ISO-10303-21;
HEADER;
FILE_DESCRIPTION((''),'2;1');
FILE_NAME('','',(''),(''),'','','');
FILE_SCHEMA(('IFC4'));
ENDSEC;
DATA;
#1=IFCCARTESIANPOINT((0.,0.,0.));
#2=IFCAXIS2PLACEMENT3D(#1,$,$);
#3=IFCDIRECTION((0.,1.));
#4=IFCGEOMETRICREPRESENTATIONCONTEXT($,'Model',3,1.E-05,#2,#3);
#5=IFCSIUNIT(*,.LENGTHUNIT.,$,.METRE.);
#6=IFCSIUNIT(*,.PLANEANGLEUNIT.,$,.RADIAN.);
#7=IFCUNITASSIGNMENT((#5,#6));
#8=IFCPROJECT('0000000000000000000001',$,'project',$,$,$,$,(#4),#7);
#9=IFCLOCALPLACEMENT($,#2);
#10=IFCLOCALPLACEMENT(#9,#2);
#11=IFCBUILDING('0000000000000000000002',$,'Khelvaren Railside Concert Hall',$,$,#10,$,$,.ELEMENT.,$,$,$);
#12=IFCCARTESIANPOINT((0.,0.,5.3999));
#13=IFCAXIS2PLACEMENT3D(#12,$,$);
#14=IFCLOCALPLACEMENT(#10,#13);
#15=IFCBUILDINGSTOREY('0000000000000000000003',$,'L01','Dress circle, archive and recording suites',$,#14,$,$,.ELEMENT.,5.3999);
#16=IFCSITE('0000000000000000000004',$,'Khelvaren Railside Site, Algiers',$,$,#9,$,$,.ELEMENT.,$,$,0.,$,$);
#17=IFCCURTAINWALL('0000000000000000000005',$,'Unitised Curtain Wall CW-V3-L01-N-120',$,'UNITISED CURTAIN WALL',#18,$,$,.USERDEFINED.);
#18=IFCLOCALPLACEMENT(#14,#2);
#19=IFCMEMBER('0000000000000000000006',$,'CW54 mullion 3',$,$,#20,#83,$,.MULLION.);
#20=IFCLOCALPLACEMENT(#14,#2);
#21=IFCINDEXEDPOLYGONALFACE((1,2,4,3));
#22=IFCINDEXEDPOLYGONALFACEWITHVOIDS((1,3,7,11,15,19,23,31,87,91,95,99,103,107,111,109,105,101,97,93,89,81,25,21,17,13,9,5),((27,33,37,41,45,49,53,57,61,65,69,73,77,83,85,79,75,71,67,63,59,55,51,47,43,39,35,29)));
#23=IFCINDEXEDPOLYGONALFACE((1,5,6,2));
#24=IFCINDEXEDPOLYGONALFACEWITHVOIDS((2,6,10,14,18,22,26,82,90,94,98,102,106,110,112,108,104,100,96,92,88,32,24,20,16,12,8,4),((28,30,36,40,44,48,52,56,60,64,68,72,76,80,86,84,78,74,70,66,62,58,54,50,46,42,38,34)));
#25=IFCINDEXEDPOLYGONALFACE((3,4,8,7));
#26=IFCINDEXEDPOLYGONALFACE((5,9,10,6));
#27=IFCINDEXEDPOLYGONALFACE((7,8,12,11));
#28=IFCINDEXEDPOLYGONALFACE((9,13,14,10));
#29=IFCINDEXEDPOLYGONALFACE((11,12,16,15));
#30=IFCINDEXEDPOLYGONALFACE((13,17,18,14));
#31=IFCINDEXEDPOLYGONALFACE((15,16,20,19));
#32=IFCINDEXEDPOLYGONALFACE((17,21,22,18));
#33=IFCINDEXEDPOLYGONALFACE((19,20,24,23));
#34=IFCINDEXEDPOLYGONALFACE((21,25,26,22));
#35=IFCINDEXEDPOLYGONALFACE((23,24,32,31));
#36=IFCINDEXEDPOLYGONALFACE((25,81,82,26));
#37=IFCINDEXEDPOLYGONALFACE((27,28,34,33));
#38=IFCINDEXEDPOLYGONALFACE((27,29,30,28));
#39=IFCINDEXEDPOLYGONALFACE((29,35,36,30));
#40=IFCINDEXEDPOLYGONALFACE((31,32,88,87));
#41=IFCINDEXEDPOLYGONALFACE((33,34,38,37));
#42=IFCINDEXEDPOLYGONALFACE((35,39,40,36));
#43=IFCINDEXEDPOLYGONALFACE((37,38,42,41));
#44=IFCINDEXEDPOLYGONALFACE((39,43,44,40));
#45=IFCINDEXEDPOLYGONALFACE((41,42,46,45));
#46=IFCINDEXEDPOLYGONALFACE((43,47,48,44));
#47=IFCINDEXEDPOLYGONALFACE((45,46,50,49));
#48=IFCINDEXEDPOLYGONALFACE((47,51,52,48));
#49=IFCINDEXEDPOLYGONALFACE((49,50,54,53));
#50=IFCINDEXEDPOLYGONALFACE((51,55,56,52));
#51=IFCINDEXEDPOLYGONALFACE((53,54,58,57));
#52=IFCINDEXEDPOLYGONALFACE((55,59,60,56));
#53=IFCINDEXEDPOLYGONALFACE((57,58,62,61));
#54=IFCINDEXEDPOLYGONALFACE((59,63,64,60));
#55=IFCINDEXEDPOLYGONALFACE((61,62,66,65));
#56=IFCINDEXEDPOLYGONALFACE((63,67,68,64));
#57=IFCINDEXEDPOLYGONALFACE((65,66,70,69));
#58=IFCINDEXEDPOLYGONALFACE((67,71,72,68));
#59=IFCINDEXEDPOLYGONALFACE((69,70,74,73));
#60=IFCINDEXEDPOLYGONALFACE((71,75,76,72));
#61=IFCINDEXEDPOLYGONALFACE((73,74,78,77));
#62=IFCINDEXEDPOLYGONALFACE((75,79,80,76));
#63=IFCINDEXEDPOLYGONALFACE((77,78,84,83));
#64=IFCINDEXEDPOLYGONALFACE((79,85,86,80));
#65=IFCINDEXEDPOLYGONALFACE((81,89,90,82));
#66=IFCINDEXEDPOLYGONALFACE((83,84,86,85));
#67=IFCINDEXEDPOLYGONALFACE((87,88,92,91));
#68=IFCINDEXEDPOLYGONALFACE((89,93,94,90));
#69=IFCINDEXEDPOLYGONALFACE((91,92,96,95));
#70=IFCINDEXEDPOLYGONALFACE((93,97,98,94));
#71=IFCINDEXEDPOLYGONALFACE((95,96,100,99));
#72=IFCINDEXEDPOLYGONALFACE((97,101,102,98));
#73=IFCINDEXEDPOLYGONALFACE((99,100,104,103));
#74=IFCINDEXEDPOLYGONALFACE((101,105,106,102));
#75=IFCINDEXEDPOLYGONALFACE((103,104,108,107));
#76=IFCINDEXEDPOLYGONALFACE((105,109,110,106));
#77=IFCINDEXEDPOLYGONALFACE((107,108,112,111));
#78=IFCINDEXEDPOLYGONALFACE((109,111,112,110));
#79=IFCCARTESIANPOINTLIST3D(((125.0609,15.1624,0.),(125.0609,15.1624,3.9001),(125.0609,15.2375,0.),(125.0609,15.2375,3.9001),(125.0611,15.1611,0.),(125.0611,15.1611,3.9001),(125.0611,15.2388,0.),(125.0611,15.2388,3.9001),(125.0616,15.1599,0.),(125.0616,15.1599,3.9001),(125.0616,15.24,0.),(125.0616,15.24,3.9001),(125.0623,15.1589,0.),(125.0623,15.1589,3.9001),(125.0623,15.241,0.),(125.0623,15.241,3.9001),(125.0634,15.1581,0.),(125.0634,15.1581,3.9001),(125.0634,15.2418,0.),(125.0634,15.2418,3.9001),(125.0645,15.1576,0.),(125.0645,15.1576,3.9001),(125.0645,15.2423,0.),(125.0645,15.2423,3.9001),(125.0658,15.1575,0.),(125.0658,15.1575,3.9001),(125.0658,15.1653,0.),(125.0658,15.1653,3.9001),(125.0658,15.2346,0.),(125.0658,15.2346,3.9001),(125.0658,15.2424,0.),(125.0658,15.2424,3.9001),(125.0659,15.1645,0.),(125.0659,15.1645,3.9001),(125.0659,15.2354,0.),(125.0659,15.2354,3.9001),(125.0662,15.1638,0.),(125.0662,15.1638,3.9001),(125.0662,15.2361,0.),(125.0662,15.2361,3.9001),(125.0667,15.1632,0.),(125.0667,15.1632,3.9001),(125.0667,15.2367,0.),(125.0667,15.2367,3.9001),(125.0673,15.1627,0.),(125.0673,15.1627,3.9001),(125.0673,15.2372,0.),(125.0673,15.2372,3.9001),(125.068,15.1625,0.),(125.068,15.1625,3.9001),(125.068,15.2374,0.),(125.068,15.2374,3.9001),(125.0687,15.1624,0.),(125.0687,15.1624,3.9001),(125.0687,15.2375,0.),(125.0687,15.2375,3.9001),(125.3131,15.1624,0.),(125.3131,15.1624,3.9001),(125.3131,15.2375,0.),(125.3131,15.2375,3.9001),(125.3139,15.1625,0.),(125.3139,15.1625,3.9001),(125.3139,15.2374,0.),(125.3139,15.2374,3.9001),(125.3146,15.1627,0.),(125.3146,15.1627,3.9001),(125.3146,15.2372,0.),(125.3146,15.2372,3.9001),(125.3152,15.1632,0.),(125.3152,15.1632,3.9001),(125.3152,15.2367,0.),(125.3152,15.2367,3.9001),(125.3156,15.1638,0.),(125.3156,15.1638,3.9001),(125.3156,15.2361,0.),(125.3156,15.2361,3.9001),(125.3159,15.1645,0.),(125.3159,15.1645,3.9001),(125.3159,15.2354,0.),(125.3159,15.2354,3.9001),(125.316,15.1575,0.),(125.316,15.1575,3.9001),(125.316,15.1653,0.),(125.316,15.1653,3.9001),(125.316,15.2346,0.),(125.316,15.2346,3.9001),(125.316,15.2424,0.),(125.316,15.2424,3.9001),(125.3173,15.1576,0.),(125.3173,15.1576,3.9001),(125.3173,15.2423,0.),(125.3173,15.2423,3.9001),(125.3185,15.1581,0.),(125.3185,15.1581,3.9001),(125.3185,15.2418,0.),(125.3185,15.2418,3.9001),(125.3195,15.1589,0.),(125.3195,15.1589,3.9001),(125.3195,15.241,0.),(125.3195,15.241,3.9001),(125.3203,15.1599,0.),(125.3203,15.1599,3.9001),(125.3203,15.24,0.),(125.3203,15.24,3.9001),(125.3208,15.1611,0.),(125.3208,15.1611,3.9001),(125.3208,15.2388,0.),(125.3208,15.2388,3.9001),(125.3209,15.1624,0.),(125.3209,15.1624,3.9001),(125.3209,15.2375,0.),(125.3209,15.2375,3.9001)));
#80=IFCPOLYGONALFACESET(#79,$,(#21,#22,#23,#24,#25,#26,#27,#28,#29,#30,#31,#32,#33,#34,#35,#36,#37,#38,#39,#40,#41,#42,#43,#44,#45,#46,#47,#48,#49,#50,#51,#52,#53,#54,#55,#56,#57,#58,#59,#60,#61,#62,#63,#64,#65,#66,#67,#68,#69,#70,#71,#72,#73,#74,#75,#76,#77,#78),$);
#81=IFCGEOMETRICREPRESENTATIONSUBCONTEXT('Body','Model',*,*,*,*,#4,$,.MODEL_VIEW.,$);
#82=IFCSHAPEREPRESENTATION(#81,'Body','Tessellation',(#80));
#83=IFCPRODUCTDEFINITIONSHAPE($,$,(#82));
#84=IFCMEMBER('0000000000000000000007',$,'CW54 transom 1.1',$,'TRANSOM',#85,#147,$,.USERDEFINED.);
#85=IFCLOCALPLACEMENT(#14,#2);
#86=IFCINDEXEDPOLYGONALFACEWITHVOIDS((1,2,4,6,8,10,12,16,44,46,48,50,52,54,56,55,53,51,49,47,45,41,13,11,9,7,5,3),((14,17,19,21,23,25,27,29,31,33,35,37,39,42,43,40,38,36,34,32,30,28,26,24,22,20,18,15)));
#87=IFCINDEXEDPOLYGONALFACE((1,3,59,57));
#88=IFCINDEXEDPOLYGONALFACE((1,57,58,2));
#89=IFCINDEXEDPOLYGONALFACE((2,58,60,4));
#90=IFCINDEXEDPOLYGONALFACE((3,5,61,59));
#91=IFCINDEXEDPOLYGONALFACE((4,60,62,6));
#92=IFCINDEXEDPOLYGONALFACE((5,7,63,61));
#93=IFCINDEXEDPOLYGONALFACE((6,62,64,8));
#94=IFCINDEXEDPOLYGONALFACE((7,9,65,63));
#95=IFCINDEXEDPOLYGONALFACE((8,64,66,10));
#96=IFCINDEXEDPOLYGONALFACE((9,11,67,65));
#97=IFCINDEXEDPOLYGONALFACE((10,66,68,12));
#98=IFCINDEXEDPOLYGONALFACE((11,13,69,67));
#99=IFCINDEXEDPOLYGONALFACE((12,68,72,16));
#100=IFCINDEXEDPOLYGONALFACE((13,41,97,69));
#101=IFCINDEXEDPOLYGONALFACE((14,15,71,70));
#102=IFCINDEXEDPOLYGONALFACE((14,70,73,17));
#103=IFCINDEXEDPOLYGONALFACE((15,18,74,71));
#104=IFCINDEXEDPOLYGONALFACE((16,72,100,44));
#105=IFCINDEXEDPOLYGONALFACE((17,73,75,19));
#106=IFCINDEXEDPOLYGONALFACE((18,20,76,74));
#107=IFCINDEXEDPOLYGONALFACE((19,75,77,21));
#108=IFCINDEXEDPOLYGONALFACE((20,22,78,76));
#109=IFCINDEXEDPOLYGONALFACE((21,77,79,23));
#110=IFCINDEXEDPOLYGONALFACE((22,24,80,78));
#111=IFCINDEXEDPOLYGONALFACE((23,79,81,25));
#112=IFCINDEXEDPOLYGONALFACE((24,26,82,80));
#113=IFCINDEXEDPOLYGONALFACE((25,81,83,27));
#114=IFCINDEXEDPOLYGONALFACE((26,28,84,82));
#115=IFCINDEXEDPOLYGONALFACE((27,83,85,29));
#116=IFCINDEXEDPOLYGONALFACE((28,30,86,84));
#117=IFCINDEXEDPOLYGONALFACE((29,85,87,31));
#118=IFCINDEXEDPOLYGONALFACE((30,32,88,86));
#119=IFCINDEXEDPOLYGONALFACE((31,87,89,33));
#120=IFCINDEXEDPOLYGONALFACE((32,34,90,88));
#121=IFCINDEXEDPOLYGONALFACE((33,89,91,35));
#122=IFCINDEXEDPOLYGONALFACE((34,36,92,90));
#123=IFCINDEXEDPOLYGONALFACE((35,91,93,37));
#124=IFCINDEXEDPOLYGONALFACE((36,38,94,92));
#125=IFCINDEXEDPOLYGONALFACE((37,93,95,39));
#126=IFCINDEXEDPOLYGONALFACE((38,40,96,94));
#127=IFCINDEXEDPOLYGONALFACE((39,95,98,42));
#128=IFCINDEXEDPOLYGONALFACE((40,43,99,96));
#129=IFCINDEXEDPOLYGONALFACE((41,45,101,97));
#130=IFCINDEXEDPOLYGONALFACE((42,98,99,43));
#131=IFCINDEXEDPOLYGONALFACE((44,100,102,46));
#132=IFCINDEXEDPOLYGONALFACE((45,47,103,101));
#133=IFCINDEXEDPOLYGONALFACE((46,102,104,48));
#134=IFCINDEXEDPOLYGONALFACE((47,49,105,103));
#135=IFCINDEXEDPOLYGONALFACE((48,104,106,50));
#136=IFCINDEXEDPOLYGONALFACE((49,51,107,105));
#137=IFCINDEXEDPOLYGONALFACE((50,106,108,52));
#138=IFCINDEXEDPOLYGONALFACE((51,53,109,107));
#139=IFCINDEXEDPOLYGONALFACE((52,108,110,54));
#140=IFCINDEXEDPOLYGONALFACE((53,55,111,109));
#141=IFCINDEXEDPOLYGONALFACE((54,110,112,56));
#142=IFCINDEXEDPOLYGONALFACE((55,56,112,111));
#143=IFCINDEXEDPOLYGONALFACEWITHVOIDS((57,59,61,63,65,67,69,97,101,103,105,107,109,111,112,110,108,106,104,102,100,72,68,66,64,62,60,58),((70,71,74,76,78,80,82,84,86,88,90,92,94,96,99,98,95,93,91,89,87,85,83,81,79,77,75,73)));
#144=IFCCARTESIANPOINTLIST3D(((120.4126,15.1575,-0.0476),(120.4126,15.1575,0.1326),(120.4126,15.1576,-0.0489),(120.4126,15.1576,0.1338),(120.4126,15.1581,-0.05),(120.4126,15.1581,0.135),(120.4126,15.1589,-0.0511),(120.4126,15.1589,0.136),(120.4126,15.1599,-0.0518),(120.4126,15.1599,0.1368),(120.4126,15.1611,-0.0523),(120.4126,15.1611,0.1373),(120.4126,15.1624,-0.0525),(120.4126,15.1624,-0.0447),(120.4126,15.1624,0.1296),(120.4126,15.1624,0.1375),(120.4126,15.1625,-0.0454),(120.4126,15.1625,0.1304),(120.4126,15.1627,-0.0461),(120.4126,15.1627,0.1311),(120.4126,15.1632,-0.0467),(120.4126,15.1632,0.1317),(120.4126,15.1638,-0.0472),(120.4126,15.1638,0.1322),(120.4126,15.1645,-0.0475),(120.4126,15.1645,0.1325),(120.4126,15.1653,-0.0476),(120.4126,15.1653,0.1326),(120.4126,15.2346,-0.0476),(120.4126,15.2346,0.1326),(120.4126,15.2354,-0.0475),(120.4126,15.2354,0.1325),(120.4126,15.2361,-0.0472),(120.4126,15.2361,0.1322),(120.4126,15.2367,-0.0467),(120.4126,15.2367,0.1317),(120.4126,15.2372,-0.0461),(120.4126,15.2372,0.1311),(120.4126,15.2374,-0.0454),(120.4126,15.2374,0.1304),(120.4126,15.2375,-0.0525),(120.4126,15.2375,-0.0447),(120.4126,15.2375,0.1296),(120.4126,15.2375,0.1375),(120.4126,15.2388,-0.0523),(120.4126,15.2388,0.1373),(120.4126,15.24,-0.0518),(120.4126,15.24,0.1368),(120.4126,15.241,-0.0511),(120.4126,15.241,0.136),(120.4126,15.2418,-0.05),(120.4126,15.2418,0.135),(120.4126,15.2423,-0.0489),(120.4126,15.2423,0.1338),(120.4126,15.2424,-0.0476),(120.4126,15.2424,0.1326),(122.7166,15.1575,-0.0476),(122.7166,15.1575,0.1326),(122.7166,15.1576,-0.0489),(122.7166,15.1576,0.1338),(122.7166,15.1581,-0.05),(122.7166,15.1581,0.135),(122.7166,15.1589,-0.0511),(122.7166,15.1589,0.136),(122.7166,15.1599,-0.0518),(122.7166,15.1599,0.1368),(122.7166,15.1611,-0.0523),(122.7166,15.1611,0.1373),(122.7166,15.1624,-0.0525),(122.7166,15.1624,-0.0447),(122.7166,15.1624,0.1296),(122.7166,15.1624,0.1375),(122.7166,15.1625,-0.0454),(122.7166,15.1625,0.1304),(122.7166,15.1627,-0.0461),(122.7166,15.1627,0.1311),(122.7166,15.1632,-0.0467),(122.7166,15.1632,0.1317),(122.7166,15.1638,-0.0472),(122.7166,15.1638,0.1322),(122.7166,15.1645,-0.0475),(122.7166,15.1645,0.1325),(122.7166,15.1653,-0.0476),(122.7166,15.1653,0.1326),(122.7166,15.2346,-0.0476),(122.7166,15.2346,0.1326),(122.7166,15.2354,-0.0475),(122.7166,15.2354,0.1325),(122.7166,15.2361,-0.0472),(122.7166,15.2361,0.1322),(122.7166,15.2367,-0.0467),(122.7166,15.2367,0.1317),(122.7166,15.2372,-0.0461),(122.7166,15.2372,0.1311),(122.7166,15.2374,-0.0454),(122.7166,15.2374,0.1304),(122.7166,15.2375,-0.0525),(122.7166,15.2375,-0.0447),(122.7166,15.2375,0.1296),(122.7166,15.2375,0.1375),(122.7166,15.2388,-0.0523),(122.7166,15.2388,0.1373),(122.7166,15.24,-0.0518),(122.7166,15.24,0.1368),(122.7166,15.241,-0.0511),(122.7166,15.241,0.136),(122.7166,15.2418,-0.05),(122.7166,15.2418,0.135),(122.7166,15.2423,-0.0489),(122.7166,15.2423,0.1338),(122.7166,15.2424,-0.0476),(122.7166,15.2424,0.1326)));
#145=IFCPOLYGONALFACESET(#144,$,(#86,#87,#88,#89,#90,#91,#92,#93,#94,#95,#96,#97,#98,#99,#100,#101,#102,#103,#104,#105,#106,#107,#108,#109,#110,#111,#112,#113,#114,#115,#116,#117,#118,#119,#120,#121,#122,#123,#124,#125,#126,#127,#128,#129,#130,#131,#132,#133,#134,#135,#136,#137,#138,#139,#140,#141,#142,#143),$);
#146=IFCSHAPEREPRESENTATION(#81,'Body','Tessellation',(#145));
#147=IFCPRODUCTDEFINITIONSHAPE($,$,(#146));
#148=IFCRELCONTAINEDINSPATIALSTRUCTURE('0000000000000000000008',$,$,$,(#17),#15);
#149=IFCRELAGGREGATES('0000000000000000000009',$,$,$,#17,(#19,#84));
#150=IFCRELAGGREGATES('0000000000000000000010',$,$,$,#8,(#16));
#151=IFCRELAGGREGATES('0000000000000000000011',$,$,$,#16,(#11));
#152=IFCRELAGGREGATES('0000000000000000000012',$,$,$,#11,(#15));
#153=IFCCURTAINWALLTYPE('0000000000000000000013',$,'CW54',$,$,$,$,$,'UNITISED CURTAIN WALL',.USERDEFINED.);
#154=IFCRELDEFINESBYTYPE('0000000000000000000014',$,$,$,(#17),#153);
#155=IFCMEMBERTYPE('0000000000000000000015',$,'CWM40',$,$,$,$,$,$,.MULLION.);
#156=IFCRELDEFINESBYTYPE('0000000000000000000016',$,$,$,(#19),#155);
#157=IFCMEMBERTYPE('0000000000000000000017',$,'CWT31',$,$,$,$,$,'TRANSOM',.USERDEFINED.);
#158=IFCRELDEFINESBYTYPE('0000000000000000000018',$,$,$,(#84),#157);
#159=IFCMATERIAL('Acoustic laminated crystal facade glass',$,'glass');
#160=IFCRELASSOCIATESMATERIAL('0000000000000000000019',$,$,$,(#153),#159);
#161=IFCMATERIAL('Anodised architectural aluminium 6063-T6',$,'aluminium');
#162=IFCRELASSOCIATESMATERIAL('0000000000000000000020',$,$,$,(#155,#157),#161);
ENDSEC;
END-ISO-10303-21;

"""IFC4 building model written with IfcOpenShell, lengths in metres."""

from ifc_helpers import new_model, si_unit, direction, frame, origin, origin_2d, place, context, subcontext, project, spatial, hollow_rectangle, extrude, material, material_profile, profile_set, type_object, element, aggregate, save


model = new_model("IFC4")

# Units and contexts
model_context = context("Model", 3, precision=1e-05, world=origin(), true_north=direction((0.0, 1.0)))
body_context = subcontext(model_context, "Body", "Model", "MODEL_VIEW")
ifc_project = project(units=[si_unit("LENGTHUNIT", "METRE"), si_unit("PLANEANGLEUNIT", "RADIAN")], contexts=[model_context])

# Site, building, storey
site_placement = place(None, origin())
site = spatial("IfcSite", under=ifc_project, at=site_placement, Name="Khelvaren Railside Site, Algiers", CompositionType="ELEMENT", RefElevation=0.0)
building_placement = place(site_placement, origin())
building = spatial("IfcBuilding", under=site, at=building_placement, Name="Khelvaren Railside Concert Hall", CompositionType="ELEMENT")
storey_placement = place(building_placement, frame((0.0, 0.0, 5.3999)))
storey = spatial("IfcBuildingStorey", under=building, at=storey_placement, Name="L01", Description="Dress circle, archive and recording suites", CompositionType="ELEMENT", Elevation=5.3999)

# Curtain wall, members
ifc_material_1 = material(Name="Acoustic laminated crystal facade glass", Category="glass")
curtain_wall_type = type_object("IfcCurtainWallType", Name="CW54", ElementType="UNITISED CURTAIN WALL", PredefinedType="USERDEFINED", material=ifc_material_1)
curtain_wall_placement = place(storey_placement, origin())
curtain_wall = element("IfcCurtainWall", 1, at=curtain_wall_placement, inside=storey, type_object=curtain_wall_type, Name="Unitised Curtain Wall CW-V3-L01-N-120", ObjectType="UNITISED CURTAIN WALL", PredefinedType="USERDEFINED")
ifc_material_2 = material(Name="Anodised architectural aluminium 6063-T6", Category="aluminium")
ifc_material_profile_1 = material_profile(ifc_material_2, hollow_rectangle(XDim=0.085, YDim=0.26, WallThickness=0.0049, InnerFilletRadius=0.0029, OuterFilletRadius=0.0049, at=origin_2d()), Name="CWM 85x260x5")
ifc_profile_set_1 = profile_set([ifc_material_profile_1], Name="Anodised architectural aluminium 6063-T6")
member_type_1 = type_object("IfcMemberType", Name="CWM40", PredefinedType="MULLION", material=ifc_profile_set_1)
member_1_placement = place(storey_placement, frame((125.1909, 15.2, 0.0), z_axis=(0.0, 0.0, 1.0), x_axis=(0.0, 1.0, 0.0)))
member_1 = element("IfcMember", 2, at=member_1_placement, type_object=member_type_1, Name="CW54 mullion 3", PredefinedType="MULLION", context=body_context, shape_type="SweptSolid", body=[
    extrude(hollow_rectangle(XDim=0.085, YDim=0.26, WallThickness=0.0049, InnerFilletRadius=0.0029, OuterFilletRadius=0.0049, at=origin_2d()), origin(), (0.0, 0.0, 1.0), 3.9001),
])
ifc_material_profile_2 = material_profile(ifc_material_2, hollow_rectangle(XDim=0.085, YDim=0.1899, WallThickness=0.0049, InnerFilletRadius=0.0029, OuterFilletRadius=0.0049, at=origin_2d()), Name="CWT 85x190x5")
ifc_profile_set_2 = profile_set([ifc_material_profile_2], Name="Anodised architectural aluminium 6063-T6")
member_type_2 = type_object("IfcMemberType", Name="CWT31", ElementType="TRANSOM", PredefinedType="USERDEFINED", material=ifc_profile_set_2)
member_2_placement = place(storey_placement, frame((120.4126, 15.2, 0.0425), z_axis=(1.0, 0.0, 0.0), x_axis=(0.0, 1.0, 0.0)))
member_2 = element("IfcMember", 3, at=member_2_placement, type_object=member_type_2, Name="CW54 transom 1.1", ObjectType="TRANSOM", PredefinedType="USERDEFINED", context=body_context, shape_type="SweptSolid", body=[
    extrude(hollow_rectangle(XDim=0.085, YDim=0.1899, WallThickness=0.0049, InnerFilletRadius=0.0029, OuterFilletRadius=0.0049, at=origin_2d()), origin(), (0.0, 0.0, 1.0), 2.304),
])

aggregate(curtain_wall, [member_1, member_2])

save(model, "model.ifc")
